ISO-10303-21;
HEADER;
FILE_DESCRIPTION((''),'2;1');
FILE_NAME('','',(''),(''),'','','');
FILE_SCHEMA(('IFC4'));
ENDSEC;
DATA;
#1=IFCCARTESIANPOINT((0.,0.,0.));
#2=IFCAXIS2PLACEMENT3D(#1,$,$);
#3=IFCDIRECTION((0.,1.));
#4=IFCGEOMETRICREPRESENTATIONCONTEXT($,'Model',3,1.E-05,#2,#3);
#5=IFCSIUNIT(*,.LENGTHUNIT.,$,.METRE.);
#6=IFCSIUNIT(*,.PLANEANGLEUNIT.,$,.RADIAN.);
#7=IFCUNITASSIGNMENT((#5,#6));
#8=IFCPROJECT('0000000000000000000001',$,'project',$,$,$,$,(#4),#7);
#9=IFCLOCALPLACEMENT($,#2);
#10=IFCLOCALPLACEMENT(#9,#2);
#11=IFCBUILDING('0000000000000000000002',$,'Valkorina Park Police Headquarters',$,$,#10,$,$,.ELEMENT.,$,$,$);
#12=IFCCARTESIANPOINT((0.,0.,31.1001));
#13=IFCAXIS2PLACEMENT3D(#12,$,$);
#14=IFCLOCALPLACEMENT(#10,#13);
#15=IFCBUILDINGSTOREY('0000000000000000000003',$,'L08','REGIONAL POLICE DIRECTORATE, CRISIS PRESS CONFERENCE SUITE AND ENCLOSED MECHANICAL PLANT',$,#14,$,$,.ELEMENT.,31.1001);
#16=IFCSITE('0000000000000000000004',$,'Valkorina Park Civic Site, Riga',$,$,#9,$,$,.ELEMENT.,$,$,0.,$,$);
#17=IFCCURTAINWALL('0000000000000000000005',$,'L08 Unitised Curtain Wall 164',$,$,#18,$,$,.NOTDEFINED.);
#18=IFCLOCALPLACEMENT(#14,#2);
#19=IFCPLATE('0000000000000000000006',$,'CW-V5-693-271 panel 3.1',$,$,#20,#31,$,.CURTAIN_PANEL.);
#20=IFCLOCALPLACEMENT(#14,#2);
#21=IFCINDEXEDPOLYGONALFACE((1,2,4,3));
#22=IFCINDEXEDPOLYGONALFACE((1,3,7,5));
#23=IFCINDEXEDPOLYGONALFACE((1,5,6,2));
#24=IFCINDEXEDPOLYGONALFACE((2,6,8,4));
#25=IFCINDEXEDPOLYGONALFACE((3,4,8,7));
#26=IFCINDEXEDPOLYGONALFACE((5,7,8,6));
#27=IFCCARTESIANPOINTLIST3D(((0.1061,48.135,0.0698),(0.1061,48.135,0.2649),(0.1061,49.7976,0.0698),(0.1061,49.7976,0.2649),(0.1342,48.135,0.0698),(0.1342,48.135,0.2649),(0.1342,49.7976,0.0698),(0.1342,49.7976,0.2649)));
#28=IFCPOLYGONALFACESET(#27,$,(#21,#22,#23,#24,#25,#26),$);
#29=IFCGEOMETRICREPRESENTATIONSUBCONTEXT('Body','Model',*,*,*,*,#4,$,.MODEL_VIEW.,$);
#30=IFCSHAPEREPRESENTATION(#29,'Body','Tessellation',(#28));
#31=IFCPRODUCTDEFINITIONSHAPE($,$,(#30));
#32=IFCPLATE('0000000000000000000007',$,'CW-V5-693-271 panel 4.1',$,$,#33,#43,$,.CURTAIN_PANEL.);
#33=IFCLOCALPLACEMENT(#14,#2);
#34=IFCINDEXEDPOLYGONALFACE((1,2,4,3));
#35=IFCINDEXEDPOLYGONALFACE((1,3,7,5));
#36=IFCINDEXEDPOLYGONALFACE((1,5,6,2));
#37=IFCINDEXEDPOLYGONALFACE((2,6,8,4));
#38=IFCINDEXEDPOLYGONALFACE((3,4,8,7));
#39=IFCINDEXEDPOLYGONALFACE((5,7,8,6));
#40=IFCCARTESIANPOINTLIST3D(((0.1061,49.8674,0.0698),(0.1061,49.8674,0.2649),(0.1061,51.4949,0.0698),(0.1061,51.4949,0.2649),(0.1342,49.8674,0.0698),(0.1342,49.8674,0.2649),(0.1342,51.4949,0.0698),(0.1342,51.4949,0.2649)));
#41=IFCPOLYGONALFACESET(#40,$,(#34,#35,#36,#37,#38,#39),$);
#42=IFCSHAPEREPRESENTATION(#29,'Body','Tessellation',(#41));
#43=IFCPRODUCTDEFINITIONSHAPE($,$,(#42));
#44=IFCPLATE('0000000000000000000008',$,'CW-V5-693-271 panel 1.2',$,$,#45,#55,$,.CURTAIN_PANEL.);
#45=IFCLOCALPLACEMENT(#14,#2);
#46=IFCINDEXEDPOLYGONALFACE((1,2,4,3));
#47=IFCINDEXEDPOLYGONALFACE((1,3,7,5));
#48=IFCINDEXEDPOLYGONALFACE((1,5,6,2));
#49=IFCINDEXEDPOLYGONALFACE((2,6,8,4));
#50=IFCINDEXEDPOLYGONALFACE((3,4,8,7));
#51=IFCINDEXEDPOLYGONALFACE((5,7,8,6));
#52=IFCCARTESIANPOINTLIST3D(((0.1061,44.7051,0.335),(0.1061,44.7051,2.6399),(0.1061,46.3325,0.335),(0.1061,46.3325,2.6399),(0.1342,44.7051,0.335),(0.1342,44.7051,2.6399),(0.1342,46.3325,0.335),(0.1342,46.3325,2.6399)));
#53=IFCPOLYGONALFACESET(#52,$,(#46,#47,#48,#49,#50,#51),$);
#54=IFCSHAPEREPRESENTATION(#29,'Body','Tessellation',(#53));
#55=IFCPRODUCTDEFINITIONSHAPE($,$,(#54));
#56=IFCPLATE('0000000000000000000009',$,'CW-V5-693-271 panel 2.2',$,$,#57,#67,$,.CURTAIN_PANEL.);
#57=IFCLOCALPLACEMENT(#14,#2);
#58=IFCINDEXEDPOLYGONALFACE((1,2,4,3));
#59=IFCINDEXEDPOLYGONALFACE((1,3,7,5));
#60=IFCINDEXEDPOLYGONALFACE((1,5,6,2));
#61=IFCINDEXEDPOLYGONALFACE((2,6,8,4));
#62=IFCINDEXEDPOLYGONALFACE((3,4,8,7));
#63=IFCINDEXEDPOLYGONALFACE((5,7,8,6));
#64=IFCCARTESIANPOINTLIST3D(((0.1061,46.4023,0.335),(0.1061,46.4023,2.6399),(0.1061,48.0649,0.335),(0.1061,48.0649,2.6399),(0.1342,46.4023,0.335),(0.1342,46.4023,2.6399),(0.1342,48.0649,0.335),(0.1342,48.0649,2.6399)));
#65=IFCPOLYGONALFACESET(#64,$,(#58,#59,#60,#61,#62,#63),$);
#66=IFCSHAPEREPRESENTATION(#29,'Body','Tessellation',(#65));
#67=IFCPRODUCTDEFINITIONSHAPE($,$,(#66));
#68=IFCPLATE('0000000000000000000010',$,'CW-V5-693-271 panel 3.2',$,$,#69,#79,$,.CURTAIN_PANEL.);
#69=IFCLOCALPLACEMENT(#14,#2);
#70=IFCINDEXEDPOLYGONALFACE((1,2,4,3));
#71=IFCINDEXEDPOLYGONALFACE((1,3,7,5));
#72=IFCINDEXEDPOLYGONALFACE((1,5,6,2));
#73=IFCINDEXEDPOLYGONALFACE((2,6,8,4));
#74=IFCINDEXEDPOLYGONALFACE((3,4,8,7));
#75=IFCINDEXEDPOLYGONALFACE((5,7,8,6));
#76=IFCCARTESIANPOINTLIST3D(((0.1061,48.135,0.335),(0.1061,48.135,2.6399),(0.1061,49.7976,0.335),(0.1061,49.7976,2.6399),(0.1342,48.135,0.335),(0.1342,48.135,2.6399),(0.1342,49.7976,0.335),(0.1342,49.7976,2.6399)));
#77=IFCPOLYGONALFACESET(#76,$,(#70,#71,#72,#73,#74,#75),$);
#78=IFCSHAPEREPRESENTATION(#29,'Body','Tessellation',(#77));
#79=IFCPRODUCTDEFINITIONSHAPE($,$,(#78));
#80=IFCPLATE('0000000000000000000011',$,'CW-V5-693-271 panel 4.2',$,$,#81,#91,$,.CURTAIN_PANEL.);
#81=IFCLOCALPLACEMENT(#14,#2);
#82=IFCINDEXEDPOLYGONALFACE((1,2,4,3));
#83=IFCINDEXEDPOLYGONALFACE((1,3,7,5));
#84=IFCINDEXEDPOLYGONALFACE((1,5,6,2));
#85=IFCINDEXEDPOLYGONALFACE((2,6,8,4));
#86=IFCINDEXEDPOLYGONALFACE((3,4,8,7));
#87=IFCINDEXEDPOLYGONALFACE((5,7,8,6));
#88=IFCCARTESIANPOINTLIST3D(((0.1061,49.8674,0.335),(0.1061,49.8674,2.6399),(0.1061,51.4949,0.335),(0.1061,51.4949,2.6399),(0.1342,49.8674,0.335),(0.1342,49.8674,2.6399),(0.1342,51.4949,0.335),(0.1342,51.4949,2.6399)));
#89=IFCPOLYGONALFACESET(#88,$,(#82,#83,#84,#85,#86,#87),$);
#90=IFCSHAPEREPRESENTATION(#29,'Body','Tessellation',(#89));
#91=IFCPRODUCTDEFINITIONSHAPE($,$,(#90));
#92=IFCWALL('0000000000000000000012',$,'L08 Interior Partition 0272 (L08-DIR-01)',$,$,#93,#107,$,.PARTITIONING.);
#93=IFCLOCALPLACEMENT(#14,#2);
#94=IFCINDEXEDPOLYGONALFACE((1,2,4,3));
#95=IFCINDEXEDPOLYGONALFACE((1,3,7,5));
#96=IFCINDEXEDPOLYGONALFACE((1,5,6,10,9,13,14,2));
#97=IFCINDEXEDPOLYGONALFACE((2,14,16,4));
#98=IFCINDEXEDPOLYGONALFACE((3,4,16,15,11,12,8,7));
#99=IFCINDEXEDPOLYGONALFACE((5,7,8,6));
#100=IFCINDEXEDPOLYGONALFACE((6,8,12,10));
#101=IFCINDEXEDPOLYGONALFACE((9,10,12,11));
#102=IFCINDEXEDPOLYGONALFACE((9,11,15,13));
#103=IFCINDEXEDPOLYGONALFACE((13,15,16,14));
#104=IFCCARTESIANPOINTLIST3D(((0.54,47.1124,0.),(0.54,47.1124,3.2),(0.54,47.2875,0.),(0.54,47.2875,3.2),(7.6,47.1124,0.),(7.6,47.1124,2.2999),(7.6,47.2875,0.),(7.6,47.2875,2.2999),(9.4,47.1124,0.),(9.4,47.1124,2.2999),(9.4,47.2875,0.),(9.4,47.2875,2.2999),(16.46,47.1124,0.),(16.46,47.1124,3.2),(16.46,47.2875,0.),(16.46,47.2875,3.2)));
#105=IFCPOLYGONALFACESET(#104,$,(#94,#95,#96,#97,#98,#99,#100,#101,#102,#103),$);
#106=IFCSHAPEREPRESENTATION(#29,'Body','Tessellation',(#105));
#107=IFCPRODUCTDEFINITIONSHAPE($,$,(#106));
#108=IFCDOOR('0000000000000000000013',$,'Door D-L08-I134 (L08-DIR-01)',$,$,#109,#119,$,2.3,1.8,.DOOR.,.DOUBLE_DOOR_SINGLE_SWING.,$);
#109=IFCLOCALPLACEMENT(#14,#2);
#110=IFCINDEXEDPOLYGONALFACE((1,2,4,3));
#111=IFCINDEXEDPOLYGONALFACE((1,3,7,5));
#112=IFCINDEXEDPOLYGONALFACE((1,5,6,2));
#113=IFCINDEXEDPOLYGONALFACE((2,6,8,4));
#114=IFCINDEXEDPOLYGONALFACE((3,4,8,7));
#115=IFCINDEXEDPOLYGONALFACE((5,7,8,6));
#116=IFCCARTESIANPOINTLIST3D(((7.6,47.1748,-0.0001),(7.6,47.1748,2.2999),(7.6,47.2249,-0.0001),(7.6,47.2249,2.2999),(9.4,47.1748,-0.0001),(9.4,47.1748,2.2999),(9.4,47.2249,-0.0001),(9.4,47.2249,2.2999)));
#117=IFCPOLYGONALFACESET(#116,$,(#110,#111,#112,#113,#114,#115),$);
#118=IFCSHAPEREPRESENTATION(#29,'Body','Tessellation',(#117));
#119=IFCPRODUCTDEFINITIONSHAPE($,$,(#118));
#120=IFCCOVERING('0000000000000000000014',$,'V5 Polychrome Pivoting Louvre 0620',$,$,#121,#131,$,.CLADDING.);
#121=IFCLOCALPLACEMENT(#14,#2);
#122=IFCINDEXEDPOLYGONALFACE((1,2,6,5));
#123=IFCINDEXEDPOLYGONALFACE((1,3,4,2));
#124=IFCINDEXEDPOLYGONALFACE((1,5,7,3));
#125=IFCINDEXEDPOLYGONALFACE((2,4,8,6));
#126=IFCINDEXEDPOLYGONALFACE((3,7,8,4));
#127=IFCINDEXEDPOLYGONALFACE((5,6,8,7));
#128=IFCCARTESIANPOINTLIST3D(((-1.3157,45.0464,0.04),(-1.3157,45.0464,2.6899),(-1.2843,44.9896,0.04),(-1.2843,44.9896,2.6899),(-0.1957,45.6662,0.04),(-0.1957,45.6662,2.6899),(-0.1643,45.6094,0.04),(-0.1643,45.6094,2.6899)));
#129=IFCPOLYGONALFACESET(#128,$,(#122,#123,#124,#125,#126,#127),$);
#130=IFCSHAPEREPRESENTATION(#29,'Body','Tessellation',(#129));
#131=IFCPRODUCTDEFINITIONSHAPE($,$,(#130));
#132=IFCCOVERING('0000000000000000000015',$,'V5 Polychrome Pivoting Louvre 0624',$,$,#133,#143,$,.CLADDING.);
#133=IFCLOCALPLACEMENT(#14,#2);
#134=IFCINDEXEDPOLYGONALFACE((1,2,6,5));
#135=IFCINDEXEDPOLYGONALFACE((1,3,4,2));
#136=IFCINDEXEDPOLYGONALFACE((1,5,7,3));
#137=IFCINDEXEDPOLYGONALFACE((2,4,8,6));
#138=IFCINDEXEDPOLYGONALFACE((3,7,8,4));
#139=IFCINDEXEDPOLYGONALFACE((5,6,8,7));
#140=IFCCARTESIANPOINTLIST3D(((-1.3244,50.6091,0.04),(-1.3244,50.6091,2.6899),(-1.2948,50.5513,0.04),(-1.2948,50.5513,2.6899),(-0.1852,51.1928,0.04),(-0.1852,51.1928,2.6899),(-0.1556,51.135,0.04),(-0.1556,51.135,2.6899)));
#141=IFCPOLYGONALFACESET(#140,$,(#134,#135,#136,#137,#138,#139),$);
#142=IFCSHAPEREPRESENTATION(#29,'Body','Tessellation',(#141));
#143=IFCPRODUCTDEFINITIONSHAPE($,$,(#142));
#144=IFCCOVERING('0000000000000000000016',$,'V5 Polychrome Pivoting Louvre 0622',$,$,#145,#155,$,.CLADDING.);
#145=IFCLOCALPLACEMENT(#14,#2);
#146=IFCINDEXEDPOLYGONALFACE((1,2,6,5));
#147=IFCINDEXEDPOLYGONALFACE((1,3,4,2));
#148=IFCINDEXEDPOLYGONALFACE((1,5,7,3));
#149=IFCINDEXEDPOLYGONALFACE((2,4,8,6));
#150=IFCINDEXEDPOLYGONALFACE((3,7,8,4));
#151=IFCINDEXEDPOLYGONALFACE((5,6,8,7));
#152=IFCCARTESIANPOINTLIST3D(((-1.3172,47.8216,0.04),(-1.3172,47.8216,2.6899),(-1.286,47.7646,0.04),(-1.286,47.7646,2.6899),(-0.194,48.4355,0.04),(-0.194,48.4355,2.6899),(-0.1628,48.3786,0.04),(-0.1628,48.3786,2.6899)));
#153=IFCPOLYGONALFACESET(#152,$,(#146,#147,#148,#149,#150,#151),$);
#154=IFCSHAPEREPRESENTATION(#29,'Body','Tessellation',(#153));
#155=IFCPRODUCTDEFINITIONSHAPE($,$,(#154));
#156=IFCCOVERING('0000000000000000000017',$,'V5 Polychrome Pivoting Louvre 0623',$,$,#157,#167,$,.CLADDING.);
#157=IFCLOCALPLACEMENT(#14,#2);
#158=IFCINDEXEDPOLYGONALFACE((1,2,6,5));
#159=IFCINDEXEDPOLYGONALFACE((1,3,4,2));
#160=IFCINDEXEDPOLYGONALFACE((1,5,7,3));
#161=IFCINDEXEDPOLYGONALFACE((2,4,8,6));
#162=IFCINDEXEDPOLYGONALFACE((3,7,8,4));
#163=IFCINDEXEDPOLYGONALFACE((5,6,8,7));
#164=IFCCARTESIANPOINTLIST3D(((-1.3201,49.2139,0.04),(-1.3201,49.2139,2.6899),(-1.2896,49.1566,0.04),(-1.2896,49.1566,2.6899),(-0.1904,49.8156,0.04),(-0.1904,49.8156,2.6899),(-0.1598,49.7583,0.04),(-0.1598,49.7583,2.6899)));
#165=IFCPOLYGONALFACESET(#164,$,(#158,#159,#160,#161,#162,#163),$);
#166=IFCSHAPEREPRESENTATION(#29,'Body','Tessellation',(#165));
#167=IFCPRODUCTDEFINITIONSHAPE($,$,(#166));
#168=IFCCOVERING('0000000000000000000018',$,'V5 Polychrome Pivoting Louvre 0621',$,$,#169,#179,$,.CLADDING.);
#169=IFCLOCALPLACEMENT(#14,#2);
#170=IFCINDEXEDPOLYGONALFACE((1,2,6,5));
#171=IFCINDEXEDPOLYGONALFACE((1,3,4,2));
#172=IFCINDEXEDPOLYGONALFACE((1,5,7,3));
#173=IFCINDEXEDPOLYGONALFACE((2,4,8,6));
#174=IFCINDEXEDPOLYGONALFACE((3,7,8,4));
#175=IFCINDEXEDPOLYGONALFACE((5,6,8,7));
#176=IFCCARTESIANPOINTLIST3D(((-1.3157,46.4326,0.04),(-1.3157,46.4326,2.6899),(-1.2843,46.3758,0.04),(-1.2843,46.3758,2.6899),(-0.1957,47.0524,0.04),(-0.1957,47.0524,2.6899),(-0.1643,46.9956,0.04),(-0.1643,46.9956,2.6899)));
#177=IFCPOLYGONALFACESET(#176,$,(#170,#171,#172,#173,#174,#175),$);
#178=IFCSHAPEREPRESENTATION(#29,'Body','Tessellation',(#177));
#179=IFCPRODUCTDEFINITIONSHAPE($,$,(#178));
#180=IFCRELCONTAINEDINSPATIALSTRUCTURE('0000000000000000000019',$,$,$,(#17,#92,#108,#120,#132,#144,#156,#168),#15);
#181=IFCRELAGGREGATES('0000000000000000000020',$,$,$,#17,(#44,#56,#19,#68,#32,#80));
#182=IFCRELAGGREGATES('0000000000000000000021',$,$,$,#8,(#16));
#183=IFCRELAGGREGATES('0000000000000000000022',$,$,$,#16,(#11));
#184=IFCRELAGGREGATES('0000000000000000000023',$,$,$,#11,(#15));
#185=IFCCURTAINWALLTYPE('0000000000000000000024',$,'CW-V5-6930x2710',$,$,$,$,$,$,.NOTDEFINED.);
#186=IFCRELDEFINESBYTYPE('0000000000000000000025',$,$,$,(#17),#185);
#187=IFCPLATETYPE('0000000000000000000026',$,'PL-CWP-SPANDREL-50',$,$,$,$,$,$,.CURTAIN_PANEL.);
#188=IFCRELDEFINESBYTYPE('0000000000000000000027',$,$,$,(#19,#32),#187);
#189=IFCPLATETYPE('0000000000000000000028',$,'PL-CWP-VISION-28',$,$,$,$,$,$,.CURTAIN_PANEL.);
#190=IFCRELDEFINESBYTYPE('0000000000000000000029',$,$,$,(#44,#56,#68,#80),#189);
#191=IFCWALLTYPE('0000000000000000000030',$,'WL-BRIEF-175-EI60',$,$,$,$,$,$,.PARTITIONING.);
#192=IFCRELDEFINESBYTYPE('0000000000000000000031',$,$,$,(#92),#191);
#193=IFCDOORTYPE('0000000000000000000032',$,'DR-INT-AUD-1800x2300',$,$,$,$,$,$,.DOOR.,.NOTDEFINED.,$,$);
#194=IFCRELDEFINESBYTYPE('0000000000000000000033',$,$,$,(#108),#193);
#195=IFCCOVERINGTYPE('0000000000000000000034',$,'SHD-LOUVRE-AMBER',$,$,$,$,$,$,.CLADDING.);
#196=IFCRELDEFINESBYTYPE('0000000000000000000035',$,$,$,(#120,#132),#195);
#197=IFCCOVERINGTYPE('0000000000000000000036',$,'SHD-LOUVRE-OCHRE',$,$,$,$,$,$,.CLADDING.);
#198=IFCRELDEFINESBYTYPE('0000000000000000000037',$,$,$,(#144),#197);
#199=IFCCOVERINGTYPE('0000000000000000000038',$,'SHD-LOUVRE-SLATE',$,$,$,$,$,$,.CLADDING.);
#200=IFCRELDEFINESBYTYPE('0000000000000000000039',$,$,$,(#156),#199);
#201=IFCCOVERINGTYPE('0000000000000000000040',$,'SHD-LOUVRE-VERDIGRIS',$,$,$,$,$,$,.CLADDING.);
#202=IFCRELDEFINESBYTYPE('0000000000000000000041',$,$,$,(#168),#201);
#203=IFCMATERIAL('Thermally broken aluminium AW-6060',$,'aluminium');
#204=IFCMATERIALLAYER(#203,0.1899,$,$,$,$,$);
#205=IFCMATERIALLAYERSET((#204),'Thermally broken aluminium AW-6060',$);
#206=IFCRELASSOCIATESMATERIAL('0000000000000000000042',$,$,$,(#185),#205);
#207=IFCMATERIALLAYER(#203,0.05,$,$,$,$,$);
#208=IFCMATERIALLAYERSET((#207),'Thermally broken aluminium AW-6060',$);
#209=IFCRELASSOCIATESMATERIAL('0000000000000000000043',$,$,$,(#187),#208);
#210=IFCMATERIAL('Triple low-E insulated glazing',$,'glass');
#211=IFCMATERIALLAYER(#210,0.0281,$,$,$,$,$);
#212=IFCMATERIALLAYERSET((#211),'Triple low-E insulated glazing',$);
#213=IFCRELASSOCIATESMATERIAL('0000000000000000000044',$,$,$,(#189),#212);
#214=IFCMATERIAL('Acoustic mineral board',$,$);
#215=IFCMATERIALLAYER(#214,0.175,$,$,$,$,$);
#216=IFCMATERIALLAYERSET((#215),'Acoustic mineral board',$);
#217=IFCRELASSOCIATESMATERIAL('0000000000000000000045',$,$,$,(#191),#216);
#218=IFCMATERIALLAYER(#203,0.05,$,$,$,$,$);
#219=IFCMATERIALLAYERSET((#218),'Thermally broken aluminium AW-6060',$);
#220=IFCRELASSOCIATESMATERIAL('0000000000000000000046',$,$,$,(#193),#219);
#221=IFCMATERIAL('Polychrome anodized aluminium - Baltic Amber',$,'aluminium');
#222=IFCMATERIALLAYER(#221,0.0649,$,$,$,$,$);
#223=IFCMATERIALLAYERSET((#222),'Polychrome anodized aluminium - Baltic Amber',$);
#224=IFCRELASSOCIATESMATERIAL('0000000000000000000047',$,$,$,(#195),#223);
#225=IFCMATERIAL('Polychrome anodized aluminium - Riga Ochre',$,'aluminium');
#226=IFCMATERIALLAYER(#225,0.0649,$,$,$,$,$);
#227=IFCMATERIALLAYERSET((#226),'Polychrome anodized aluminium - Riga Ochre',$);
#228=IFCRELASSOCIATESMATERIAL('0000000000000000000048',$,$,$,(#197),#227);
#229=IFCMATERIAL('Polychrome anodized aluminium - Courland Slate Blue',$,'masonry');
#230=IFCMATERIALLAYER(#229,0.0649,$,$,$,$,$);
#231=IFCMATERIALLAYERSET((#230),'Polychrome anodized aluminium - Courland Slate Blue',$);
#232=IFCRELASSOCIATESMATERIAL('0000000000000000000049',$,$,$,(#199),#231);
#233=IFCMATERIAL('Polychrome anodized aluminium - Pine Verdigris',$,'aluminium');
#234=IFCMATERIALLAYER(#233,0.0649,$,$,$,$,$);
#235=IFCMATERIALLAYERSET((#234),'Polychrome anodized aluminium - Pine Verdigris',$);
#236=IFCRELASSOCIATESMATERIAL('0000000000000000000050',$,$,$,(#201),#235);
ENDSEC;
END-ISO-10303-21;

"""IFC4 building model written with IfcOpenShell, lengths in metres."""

from ifc_helpers import new_model, si_unit, direction, frame, frame_2d, origin, origin_2d, place, context, subcontext, project, spatial, rectangle, extrude, material, layer, layer_set, type_object, element, fill, aggregate, save


model = new_model("IFC4")

# Units and contexts
model_context = context("Model", 3, precision=1e-05, world=origin(), true_north=direction((0.0, 1.0)))
body_context = subcontext(model_context, "Body", "Model", "MODEL_VIEW")
ifc_project = project(units=[si_unit("LENGTHUNIT", "METRE"), si_unit("PLANEANGLEUNIT", "RADIAN")], contexts=[model_context])

# Site, building, storey
site_placement = place(None, origin())
site = spatial("IfcSite", under=ifc_project, at=site_placement, Name="Valkorina Park Civic Site, Riga", CompositionType="ELEMENT", RefElevation=0.0)
building_placement = place(site_placement, origin())
building = spatial("IfcBuilding", under=site, at=building_placement, Name="Valkorina Park Police Headquarters", CompositionType="ELEMENT")
storey_placement = place(building_placement, frame((0.0, 0.0, 31.1001)))
storey = spatial("IfcBuildingStorey", under=building, at=storey_placement, Name="L08", Description="REGIONAL POLICE DIRECTORATE, CRISIS PRESS CONFERENCE SUITE AND ENCLOSED MECHANICAL PLANT", CompositionType="ELEMENT", Elevation=31.1001)

# Curtain wall, plates
ifc_material_1 = material(Name="Thermally broken aluminium AW-6060", Category="aluminium")
ifc_layer_1 = layer(ifc_material_1, 0.1899)
ifc_layer_set_1 = layer_set([ifc_layer_1], Name="Thermally broken aluminium AW-6060")
curtain_wall_type = type_object("IfcCurtainWallType", Name="CW-V5-6930x2710", PredefinedType="NOTDEFINED", material=ifc_layer_set_1)
curtain_wall_placement = place(storey_placement, origin())
curtain_wall = element("IfcCurtainWall", 1, at=curtain_wall_placement, inside=storey, type_object=curtain_wall_type, Name="L08 Unitised Curtain Wall 164", PredefinedType="NOTDEFINED")
ifc_layer_2 = layer(ifc_material_1, 0.05)
ifc_layer_set_2 = layer_set([ifc_layer_2], Name="Thermally broken aluminium AW-6060")
plate_type_1 = type_object("IfcPlateType", Name="PL-CWP-SPANDREL-50", PredefinedType="CURTAIN_PANEL", material=ifc_layer_set_2)
plate_1_placement = place(storey_placement, frame((0.1201, 48.9663, 0.0698), z_axis=(0.0, 0.0, 1.0), x_axis=(0.0, 1.0, 0.0)))
plate_1 = element("IfcPlate", 2, at=plate_1_placement, type_object=plate_type_1, Name="CW-V5-693-271 panel 3.1", PredefinedType="CURTAIN_PANEL", context=body_context, shape_type="SweptSolid", body=[
    extrude(rectangle(XDim=1.6626, YDim=0.0281, at=origin_2d()), origin(), (0.0, 0.0, 1.0), 0.1951),
])
plate_2_placement = place(storey_placement, frame((0.1201, 50.6812, 0.0698), z_axis=(0.0, 0.0, 1.0), x_axis=(0.0, 1.0, 0.0)))
plate_2 = element("IfcPlate", 3, at=plate_2_placement, type_object=plate_type_1, Name="CW-V5-693-271 panel 4.1", PredefinedType="CURTAIN_PANEL", context=body_context, shape_type="SweptSolid", body=[
    extrude(rectangle(XDim=1.6274, YDim=0.0281, at=origin_2d()), origin(), (0.0, 0.0, 1.0), 0.1951),
])
ifc_material_2 = material(Name="Triple low-E insulated glazing", Category="glass")
ifc_layer_3 = layer(ifc_material_2, 0.0281)
ifc_layer_set_3 = layer_set([ifc_layer_3], Name="Triple low-E insulated glazing")
plate_type_2 = type_object("IfcPlateType", Name="PL-CWP-VISION-28", PredefinedType="CURTAIN_PANEL", material=ifc_layer_set_3)
plate_3_placement = place(storey_placement, frame((0.1201, 45.5188, 0.335), z_axis=(0.0, 0.0, 1.0), x_axis=(0.0, 1.0, 0.0)))
plate_3 = element("IfcPlate", 4, at=plate_3_placement, type_object=plate_type_2, Name="CW-V5-693-271 panel 1.2", PredefinedType="CURTAIN_PANEL", context=body_context, shape_type="SweptSolid", body=[
    extrude(rectangle(XDim=1.6274, YDim=0.0281, at=origin_2d()), origin(), (0.0, 0.0, 1.0), 2.3049),
])
plate_4_placement = place(storey_placement, frame((0.1201, 47.2336, 0.335), z_axis=(0.0, 0.0, 1.0), x_axis=(0.0, 1.0, 0.0)))
plate_4 = element("IfcPlate", 5, at=plate_4_placement, type_object=plate_type_2, Name="CW-V5-693-271 panel 2.2", PredefinedType="CURTAIN_PANEL", context=body_context, shape_type="SweptSolid", body=[
    extrude(rectangle(XDim=1.6626, YDim=0.0281, at=origin_2d()), origin(), (0.0, 0.0, 1.0), 2.3049),
])
plate_5_placement = place(storey_placement, frame((0.1201, 48.9663, 0.335), z_axis=(0.0, 0.0, 1.0), x_axis=(0.0, 1.0, 0.0)))
plate_5 = element("IfcPlate", 6, at=plate_5_placement, type_object=plate_type_2, Name="CW-V5-693-271 panel 3.2", PredefinedType="CURTAIN_PANEL", context=body_context, shape_type="SweptSolid", body=[
    extrude(rectangle(XDim=1.6626, YDim=0.0281, at=origin_2d()), origin(), (0.0, 0.0, 1.0), 2.3049),
])
plate_6_placement = place(storey_placement, frame((0.1201, 50.6812, 0.335), z_axis=(0.0, 0.0, 1.0), x_axis=(0.0, 1.0, 0.0)))
plate_6 = element("IfcPlate", 7, at=plate_6_placement, type_object=plate_type_2, Name="CW-V5-693-271 panel 4.2", PredefinedType="CURTAIN_PANEL", context=body_context, shape_type="SweptSolid", body=[
    extrude(rectangle(XDim=1.6274, YDim=0.0281, at=origin_2d()), origin(), (0.0, 0.0, 1.0), 2.3049),
])
aggregate(curtain_wall, [plate_3, plate_4, plate_1, plate_5, plate_2, plate_6])

# Wall, opening, door
ifc_material_3 = material(Name="Acoustic mineral board")
ifc_layer_4 = layer(ifc_material_3, 0.175)
ifc_layer_set_4 = layer_set([ifc_layer_4], Name="Acoustic mineral board")
wall_type = type_object("IfcWallType", Name="WL-BRIEF-175-EI60", PredefinedType="PARTITIONING", material=ifc_layer_set_4)
wall_placement = place(storey_placement, frame((0.54, 47.2, 0.0), z_axis=(0.0, 0.0, 1.0), x_axis=(1.0, 0.0, 0.0)))
wall = element("IfcWall", 8, at=wall_placement, inside=storey, type_object=wall_type, Name="L08 Interior Partition 0272 (L08-DIR-01)", PredefinedType="PARTITIONING", context=body_context, shape_type="SweptSolid", body=[
    extrude(rectangle(XDim=15.9199, YDim=0.175, at=frame_2d((7.96, 0.0))), origin(), (0.0, 0.0, 1.0), 3.2),
])
opening_placement = place(wall_placement, frame((7.0601, 0.0, 0.0)))
opening = element("IfcOpeningElement", 9, at=opening_placement, cuts=wall, PredefinedType="OPENING", context=body_context, shape_type="SweptSolid", body=[
    extrude(rectangle(XDim=1.8, YDim=2.3, at=frame_2d((0.8999, 1.1499))), frame((0.0, 0.0977, 0.0), z_axis=(0.0, -1.0, 0.0), x_axis=(1.0, 0.0, 0.0)), (0.0, 0.0, 1.0), 0.1951),
])
ifc_layer_5 = layer(ifc_material_1, 0.05)
ifc_layer_set_5 = layer_set([ifc_layer_5], Name="Thermally broken aluminium AW-6060")
door_type = type_object("IfcDoorType", Name="DR-INT-AUD-1800x2300", OperationType="NOTDEFINED", PredefinedType="DOOR", material=ifc_layer_set_5)
door_placement = place(opening_placement, origin())
door = element("IfcDoor", 10, at=door_placement, inside=storey, type_object=door_type, Name="Door D-L08-I134 (L08-DIR-01)", OperationType="DOUBLE_DOOR_SINGLE_SWING", OverallHeight=2.3, OverallWidth=1.8, PredefinedType="DOOR", context=body_context, shape_type="SweptSolid", body=[
    extrude(rectangle(XDim=1.8, YDim=2.3, at=frame_2d((0.8999, 1.1499))), frame((0.0, 0.0249, 0.0), z_axis=(0.0, -1.0, 0.0), x_axis=(1.0, 0.0, 0.0)), (0.0, 0.0, 1.0), 0.05),
])
fill(opening, door)

# Coverings
ifc_material_4 = material(Name="Polychrome anodized aluminium - Baltic Amber", Category="aluminium")
ifc_layer_6 = layer(ifc_material_4, 0.0649)
ifc_layer_set_6 = layer_set([ifc_layer_6], Name="Polychrome anodized aluminium - Baltic Amber")
covering_type_1 = type_object("IfcCoveringType", Name="SHD-LOUVRE-AMBER", PredefinedType="CLADDING", material=ifc_layer_set_6)
for number, where, z_axis, x_axis, name in (
    (11, (-0.74, 45.3279, 0.04), (0.0, 0.0, 1.0), (-0.874958, -0.484199, 0.0), "V5 Polychrome Pivoting Louvre 0620"),
    (12, (-0.74, 50.8721, 0.04), (0.0, 0.0, 1.0), (-0.889974, -0.456011, 0.0), "V5 Polychrome Pivoting Louvre 0624"),
):
    element("IfcCovering", number, at=place(storey_placement, frame(where, z_axis=z_axis, x_axis=x_axis)), inside=storey, type_object=covering_type_1, Name=name, PredefinedType="CLADDING", context=body_context, shape_type="SweptSolid", body=[
        extrude(rectangle(XDim=1.28, YDim=0.0649, at=origin_2d()), origin(), (0.0, 0.0, 1.0), 2.6499),
    ])
ifc_material_5 = material(Name="Polychrome anodized aluminium - Riga Ochre", Category="aluminium")
ifc_layer_7 = layer(ifc_material_5, 0.0649)
ifc_layer_set_7 = layer_set([ifc_layer_7], Name="Polychrome anodized aluminium - Riga Ochre")
covering_type_2 = type_object("IfcCoveringType", Name="SHD-LOUVRE-OCHRE", PredefinedType="CLADDING", material=ifc_layer_set_7)
covering_1_placement = place(storey_placement, frame((-0.74, 48.1001, 0.04), z_axis=(0.0, 0.0, 1.0), x_axis=(-0.877481, -0.479611, 0.0)))
element("IfcCovering", 13, at=covering_1_placement, inside=storey, type_object=covering_type_2, Name="V5 Polychrome Pivoting Louvre 0622", PredefinedType="CLADDING", context=body_context, shape_type="SweptSolid", body=[
    extrude(rectangle(XDim=1.28, YDim=0.0649, at=origin_2d()), origin(), (0.0, 0.0, 1.0), 2.6499),
])
ifc_material_6 = material(Name="Polychrome anodized aluminium - Courland Slate Blue", Category="masonry")
ifc_layer_8 = layer(ifc_material_6, 0.0649)
ifc_layer_set_8 = layer_set([ifc_layer_8], Name="Polychrome anodized aluminium - Courland Slate Blue")
covering_type_3 = type_object("IfcCoveringType", Name="SHD-LOUVRE-SLATE", PredefinedType="CLADDING", material=ifc_layer_set_8)
covering_2_placement = place(storey_placement, frame((-0.74, 49.4861, 0.04), z_axis=(0.0, 0.0, 1.0), x_axis=(-0.88262, -0.470088, 0.0)))
element("IfcCovering", 14, at=covering_2_placement, inside=storey, type_object=covering_type_3, Name="V5 Polychrome Pivoting Louvre 0623", PredefinedType="CLADDING", context=body_context, shape_type="SweptSolid", body=[
    extrude(rectangle(XDim=1.28, YDim=0.0649, at=origin_2d()), origin(), (0.0, 0.0, 1.0), 2.6499),
])
ifc_material_7 = material(Name="Polychrome anodized aluminium - Pine Verdigris", Category="aluminium")
ifc_layer_9 = layer(ifc_material_7, 0.0649)
ifc_layer_set_9 = layer_set([ifc_layer_9], Name="Polychrome anodized aluminium - Pine Verdigris")
covering_type_4 = type_object("IfcCoveringType", Name="SHD-LOUVRE-VERDIGRIS", PredefinedType="CLADDING", material=ifc_layer_set_9)
covering_3_placement = place(storey_placement, frame((-0.74, 46.7141, 0.04), z_axis=(0.0, 0.0, 1.0), x_axis=(-0.874958, -0.484199, 0.0)))
element("IfcCovering", 15, at=covering_3_placement, inside=storey, type_object=covering_type_4, Name="V5 Polychrome Pivoting Louvre 0621", PredefinedType="CLADDING", context=body_context, shape_type="SweptSolid", body=[
    extrude(rectangle(XDim=1.28, YDim=0.0649, at=origin_2d()), origin(), (0.0, 0.0, 1.0), 2.6499),
])

save(model, "model.ifc")
